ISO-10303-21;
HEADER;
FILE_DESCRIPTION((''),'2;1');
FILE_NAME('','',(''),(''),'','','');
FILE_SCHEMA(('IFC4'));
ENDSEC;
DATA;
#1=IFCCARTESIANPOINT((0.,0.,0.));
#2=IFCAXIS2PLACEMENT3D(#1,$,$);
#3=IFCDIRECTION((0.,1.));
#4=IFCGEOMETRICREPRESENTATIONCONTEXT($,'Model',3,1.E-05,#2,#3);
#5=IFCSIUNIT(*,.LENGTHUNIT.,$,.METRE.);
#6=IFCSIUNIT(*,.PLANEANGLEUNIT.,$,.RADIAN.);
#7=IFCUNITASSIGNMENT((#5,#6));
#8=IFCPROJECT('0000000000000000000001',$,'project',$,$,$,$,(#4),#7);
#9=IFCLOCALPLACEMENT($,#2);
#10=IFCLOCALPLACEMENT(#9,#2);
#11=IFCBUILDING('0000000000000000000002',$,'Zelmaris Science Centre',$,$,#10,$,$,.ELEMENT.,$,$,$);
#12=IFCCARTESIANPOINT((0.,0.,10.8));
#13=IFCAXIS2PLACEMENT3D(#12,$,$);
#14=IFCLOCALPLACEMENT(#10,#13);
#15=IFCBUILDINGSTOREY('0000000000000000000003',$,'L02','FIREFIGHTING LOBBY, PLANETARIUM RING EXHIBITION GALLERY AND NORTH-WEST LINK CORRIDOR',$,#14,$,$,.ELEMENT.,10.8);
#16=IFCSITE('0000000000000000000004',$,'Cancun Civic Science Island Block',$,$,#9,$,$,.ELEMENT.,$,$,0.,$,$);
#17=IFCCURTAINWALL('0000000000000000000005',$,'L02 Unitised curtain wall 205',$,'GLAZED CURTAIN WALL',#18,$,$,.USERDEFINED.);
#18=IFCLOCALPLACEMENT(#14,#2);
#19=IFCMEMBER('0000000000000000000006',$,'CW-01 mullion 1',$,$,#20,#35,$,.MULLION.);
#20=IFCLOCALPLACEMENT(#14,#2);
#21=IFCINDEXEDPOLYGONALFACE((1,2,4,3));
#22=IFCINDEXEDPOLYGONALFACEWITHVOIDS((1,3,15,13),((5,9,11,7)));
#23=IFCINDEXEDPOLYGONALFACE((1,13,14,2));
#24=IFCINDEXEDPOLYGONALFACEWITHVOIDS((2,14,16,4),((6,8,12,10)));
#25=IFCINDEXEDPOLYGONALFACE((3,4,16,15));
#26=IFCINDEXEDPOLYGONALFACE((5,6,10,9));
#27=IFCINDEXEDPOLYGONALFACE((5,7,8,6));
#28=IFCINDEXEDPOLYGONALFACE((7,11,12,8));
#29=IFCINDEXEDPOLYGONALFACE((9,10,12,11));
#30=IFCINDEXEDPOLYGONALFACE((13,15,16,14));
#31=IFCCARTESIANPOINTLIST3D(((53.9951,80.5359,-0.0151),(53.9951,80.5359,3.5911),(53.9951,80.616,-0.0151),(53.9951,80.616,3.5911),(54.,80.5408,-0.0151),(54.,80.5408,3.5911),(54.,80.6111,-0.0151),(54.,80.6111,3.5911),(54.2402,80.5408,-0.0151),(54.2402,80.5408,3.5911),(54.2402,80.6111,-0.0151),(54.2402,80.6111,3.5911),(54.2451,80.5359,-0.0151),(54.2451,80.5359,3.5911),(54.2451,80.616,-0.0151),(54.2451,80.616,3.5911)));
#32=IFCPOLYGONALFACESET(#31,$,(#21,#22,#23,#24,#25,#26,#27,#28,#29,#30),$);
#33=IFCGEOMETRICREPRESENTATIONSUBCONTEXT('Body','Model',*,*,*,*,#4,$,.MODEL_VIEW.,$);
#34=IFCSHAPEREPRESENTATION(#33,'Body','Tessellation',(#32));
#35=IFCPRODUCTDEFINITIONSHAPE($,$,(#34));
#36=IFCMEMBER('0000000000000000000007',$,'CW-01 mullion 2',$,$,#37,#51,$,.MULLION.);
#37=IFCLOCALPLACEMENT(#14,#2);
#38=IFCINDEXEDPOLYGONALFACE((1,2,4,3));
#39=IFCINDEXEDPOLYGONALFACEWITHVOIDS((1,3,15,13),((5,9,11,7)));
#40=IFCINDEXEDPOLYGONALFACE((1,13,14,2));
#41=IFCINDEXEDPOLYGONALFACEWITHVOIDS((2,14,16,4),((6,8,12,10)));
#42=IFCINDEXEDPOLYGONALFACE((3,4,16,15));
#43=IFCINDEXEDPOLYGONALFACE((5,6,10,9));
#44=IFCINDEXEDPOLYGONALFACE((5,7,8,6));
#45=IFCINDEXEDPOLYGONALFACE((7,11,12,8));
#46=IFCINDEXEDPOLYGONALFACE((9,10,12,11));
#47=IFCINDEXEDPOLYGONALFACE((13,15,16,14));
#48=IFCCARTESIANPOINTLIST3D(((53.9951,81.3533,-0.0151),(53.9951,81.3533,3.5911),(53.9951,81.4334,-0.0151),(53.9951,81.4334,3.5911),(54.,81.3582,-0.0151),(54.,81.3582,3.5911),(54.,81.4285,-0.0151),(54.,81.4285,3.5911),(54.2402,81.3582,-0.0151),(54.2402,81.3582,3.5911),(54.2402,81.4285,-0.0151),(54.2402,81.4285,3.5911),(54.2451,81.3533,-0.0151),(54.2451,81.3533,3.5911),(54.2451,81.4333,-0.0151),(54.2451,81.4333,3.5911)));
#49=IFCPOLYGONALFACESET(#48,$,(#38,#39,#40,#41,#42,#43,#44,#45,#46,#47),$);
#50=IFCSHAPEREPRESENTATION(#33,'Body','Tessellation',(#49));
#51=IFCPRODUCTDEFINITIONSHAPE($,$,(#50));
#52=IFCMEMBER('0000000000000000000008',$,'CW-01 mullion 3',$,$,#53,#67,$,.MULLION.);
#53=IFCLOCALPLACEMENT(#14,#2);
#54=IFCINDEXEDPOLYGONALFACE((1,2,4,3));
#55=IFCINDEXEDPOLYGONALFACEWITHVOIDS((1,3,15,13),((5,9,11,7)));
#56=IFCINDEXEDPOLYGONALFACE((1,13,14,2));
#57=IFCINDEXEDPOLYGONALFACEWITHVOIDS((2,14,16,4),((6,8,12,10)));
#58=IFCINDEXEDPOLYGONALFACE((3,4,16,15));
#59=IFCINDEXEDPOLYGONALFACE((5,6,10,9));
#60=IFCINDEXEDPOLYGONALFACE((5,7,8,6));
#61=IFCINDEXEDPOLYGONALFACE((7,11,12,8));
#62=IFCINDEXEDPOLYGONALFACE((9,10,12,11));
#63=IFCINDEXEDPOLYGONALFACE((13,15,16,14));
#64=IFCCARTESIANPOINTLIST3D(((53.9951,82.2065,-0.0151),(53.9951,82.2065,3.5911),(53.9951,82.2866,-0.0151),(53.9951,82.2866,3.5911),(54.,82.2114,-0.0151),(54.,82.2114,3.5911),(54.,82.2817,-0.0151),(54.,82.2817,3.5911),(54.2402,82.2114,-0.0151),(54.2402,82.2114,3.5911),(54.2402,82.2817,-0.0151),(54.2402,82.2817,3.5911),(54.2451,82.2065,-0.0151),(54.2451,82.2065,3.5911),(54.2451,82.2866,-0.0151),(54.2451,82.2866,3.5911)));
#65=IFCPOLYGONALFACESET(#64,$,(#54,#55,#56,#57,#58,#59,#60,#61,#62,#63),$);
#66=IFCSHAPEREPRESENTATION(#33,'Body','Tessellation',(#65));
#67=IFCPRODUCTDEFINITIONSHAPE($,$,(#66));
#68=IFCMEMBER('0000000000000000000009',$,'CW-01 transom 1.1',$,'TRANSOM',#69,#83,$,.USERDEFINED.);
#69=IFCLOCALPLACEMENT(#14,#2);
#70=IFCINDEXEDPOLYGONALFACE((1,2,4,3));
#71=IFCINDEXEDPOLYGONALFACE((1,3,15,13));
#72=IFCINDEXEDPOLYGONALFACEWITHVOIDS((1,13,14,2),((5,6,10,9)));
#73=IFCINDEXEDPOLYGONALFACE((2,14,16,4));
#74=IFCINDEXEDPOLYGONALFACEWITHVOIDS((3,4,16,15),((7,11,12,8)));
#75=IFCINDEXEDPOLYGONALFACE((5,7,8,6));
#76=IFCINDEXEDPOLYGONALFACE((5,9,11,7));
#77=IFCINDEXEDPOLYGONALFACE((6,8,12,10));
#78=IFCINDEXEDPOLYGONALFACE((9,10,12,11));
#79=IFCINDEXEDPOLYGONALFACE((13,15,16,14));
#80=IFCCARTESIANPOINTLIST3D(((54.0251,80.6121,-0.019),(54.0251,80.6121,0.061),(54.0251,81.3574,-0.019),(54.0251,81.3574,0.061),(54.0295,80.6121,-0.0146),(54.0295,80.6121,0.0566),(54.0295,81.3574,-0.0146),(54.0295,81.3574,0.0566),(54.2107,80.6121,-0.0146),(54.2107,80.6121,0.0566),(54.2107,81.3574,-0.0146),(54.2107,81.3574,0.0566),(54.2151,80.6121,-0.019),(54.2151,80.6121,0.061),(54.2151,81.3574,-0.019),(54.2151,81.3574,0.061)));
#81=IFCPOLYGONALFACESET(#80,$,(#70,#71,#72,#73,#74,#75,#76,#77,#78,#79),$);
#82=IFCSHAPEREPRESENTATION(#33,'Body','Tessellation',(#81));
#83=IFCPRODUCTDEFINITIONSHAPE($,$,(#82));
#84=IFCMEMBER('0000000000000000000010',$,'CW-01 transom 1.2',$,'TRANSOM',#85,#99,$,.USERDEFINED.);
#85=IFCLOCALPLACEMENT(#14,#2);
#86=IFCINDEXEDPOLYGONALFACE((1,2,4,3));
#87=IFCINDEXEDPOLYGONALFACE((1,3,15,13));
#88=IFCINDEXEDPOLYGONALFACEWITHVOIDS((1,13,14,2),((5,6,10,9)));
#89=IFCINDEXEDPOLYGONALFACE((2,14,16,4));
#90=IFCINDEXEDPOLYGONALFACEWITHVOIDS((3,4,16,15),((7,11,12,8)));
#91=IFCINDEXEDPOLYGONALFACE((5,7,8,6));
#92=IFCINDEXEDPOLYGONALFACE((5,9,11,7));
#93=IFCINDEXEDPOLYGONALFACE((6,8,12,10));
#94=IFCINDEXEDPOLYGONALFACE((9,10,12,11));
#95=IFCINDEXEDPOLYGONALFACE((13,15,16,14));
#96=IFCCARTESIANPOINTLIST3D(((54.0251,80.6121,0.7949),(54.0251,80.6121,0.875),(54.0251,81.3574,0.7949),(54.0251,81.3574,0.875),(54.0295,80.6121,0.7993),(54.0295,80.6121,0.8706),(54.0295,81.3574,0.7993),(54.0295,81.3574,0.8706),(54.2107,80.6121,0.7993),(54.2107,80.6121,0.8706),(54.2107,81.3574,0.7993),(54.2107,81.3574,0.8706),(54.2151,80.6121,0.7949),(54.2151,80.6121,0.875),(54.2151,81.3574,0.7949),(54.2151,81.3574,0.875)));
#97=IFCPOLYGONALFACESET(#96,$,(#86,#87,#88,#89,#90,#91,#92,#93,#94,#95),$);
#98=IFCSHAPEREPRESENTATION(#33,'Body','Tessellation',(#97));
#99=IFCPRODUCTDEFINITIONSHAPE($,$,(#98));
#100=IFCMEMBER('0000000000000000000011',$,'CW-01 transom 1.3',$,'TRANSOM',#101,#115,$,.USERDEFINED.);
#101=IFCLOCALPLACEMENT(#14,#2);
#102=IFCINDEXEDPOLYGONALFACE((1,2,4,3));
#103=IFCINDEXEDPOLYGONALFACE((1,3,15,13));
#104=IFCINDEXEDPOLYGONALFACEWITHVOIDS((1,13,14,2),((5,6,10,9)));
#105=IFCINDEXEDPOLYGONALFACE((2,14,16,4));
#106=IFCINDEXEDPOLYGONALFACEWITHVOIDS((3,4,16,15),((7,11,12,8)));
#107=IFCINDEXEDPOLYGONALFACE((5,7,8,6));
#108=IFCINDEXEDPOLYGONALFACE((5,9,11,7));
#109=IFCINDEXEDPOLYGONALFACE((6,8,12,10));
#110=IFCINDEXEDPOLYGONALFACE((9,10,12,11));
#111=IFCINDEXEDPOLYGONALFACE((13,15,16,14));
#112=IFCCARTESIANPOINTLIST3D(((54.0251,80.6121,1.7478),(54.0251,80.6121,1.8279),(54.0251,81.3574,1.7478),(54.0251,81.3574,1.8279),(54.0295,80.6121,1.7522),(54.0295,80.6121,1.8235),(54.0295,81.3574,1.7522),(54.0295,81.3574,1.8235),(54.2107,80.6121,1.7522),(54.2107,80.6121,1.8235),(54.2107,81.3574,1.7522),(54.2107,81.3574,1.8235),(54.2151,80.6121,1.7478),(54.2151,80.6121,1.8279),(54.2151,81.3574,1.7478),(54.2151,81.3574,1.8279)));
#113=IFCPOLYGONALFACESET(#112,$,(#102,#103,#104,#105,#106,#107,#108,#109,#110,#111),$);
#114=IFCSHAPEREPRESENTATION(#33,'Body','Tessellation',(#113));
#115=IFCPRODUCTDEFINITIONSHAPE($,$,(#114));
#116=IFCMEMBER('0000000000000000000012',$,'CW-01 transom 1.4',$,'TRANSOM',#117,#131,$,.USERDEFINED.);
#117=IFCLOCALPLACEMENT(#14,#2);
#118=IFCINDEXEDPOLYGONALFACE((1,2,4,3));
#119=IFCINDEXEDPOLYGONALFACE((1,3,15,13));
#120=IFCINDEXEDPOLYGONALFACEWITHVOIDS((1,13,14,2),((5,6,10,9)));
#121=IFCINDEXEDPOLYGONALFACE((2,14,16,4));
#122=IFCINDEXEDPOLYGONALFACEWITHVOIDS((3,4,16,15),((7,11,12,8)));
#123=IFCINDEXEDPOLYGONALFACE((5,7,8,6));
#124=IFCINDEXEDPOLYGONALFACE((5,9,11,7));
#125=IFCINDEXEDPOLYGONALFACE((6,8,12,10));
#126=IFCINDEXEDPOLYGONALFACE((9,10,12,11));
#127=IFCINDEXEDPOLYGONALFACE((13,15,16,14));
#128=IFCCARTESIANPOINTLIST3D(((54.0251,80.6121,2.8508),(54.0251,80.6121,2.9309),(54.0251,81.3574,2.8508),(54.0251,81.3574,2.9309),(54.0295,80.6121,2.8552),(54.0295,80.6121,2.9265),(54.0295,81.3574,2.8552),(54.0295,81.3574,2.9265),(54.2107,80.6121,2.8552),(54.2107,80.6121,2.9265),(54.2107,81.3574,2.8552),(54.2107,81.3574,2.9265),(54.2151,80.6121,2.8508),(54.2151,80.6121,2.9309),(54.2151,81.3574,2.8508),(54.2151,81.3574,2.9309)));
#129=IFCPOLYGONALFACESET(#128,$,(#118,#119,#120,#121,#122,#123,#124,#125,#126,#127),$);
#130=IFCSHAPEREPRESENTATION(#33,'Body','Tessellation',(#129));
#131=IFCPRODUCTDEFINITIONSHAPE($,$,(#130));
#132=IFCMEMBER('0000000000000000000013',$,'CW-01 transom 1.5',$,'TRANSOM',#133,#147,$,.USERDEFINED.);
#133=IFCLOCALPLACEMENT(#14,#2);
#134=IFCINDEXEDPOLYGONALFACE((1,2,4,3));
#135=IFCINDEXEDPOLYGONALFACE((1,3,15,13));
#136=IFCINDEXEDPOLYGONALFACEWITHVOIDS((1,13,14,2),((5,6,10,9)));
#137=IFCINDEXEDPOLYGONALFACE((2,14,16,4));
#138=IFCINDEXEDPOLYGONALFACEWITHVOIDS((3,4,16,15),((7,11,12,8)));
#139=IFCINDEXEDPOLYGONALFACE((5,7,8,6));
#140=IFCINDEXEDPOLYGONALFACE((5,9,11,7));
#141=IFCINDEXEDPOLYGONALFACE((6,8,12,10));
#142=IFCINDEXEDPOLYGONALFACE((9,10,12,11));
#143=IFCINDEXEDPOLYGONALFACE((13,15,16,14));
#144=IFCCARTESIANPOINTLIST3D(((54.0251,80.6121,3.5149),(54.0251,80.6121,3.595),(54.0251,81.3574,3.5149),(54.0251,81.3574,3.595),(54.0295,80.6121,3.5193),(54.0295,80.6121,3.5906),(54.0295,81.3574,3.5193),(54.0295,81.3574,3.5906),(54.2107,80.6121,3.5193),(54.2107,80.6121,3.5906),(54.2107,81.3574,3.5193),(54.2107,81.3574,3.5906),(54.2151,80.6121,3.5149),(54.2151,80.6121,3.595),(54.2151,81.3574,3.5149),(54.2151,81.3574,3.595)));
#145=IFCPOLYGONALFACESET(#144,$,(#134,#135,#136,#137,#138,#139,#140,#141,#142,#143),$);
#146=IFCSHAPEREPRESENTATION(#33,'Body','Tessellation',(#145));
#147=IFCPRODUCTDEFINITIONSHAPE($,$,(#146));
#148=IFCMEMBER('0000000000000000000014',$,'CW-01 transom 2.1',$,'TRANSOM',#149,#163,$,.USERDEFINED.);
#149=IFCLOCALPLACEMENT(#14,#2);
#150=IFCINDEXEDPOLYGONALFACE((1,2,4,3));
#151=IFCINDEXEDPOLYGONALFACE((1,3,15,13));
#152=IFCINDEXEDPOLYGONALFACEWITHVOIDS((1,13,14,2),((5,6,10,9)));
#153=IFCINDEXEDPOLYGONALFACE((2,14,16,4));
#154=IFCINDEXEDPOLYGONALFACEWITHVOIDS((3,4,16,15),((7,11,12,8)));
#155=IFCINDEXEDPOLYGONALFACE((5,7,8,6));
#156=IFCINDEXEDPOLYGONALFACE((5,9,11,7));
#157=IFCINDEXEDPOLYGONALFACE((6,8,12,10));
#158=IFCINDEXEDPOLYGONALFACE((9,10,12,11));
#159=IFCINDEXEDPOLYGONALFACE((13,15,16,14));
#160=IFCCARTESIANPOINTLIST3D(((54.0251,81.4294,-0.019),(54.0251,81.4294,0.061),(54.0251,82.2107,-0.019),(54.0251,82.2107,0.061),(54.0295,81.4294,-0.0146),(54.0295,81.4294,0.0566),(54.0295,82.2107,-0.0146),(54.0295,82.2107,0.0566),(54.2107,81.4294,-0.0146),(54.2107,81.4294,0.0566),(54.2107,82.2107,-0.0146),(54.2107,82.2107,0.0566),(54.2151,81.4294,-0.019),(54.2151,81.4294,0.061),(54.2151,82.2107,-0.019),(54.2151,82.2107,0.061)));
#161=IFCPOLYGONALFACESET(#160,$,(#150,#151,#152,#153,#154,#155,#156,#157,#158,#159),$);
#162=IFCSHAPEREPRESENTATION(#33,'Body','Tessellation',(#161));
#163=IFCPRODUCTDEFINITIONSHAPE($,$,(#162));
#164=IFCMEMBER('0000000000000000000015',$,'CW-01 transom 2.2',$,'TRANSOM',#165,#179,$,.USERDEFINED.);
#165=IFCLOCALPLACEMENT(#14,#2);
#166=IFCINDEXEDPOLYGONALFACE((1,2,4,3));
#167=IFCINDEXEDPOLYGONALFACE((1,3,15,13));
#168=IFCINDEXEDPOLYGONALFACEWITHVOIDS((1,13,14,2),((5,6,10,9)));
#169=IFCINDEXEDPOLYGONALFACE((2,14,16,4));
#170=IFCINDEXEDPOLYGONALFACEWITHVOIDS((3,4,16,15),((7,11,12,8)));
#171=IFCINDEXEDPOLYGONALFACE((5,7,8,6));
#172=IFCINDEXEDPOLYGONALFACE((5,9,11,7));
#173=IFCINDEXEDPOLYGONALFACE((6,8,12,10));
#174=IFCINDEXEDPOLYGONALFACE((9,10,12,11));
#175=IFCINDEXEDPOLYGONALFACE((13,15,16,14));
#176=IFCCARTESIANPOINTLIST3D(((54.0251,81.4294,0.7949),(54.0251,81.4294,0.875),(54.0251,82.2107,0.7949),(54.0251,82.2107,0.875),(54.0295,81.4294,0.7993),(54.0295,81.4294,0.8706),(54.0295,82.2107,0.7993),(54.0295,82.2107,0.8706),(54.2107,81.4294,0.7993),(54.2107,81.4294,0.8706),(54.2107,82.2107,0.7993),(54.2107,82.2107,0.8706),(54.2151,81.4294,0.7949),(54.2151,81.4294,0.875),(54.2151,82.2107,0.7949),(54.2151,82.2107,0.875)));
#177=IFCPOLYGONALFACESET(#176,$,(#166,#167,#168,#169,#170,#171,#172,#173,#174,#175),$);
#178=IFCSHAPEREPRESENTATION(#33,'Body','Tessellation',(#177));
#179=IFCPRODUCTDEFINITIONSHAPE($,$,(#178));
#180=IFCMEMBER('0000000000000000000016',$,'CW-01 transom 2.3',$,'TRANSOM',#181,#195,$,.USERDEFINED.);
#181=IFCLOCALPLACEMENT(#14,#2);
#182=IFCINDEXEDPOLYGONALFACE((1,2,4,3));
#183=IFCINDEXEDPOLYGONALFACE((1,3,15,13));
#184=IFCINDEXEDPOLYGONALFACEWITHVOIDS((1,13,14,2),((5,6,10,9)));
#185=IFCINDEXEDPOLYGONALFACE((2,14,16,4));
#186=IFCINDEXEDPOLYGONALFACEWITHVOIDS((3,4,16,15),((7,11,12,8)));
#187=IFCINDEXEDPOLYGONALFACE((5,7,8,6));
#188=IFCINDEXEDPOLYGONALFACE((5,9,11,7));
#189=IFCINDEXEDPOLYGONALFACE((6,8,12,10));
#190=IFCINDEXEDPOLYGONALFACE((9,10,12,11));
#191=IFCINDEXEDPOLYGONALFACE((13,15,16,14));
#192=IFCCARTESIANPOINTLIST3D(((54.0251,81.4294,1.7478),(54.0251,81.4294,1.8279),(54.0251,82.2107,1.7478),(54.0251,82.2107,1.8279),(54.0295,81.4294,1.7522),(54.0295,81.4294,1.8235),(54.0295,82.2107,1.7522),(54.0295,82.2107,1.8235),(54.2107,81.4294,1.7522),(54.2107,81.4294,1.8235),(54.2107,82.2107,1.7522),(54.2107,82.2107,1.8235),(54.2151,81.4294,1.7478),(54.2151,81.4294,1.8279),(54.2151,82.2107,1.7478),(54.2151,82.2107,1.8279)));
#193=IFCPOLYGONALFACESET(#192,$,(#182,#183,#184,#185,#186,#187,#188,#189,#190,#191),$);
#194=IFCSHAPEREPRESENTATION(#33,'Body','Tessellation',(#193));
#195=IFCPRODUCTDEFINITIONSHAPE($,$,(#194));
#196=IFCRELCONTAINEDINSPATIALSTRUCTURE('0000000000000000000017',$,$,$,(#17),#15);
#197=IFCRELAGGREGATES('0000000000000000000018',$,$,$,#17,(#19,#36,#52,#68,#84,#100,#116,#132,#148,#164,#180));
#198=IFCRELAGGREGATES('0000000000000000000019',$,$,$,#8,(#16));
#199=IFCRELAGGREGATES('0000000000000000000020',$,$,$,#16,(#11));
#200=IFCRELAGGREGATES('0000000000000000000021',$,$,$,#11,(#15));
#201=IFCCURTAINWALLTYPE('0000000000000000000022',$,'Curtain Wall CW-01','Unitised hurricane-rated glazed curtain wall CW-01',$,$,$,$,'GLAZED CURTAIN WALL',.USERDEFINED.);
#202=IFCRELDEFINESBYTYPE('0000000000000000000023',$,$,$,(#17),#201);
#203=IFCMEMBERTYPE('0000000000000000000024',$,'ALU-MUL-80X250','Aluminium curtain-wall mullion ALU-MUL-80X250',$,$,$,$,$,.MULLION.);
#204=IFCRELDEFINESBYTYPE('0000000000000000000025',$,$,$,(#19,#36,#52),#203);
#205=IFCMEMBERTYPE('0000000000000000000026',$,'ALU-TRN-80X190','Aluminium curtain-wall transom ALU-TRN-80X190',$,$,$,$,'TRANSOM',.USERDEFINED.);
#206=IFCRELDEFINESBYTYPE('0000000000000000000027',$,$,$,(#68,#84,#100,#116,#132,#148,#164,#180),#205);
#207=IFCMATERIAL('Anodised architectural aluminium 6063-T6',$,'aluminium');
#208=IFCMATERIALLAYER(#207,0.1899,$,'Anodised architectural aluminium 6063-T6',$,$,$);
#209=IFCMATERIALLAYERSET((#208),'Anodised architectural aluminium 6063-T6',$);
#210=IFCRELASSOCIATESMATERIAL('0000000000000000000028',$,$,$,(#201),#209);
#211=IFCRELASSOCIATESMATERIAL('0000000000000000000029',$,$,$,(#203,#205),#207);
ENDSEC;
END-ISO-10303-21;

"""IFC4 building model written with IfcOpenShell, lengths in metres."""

from ifc_helpers import new_model, si_unit, direction, frame, origin, origin_2d, place, context, subcontext, project, spatial, hollow_rectangle, extrude, material, layer, layer_set, material_profile, profile_set, type_object, element, aggregate, save


model = new_model("IFC4")

# Units and contexts
model_context = context("Model", 3, precision=1e-05, world=origin(), true_north=direction((0.0, 1.0)))
body_context = subcontext(model_context, "Body", "Model", "MODEL_VIEW")
ifc_project = project(units=[si_unit("LENGTHUNIT", "METRE"), si_unit("PLANEANGLEUNIT", "RADIAN")], contexts=[model_context])

# Site, building, storey
site_placement = place(None, origin())
site = spatial("IfcSite", under=ifc_project, at=site_placement, Name="Cancun Civic Science Island Block", CompositionType="ELEMENT", RefElevation=0.0)
building_placement = place(site_placement, origin())
building = spatial("IfcBuilding", under=site, at=building_placement, Name="Zelmaris Science Centre", CompositionType="ELEMENT")
storey_placement = place(building_placement, frame((0.0, 0.0, 10.8)))
storey = spatial("IfcBuildingStorey", under=building, at=storey_placement, Name="L02", Description="FIREFIGHTING LOBBY, PLANETARIUM RING EXHIBITION GALLERY AND NORTH-WEST LINK CORRIDOR", CompositionType="ELEMENT", Elevation=10.8)

# Curtain wall, members
ifc_material_1 = material(Name="Anodised architectural aluminium 6063-T6", Category="aluminium")
ifc_layer_1 = layer(ifc_material_1, 0.1899, Name="Anodised architectural aluminium 6063-T6")
ifc_layer_set_1 = layer_set([ifc_layer_1], Name="Anodised architectural aluminium 6063-T6")
curtain_wall_type = type_object("IfcCurtainWallType", Name="Curtain Wall CW-01", Description="Unitised hurricane-rated glazed curtain wall CW-01", ElementType="GLAZED CURTAIN WALL", PredefinedType="USERDEFINED", material=ifc_layer_set_1)
curtain_wall_placement = place(storey_placement, origin())
curtain_wall = element("IfcCurtainWall", 1, at=curtain_wall_placement, inside=storey, type_object=curtain_wall_type, Name="L02 Unitised curtain wall 205", ObjectType="GLAZED CURTAIN WALL", PredefinedType="USERDEFINED")
ifc_material_profile_1 = material_profile(ifc_material_1, hollow_rectangle(XDim=0.0801, YDim=0.25, WallThickness=0.0049, at=origin_2d()), Name="ALU-MUL-80X250")
ifc_profile_set_1 = profile_set([ifc_material_profile_1], Name="Anodised architectural aluminium 6063-T6")
member_type_1 = type_object("IfcMemberType", Name="ALU-MUL-80X250", Description="Aluminium curtain-wall mullion ALU-MUL-80X250", PredefinedType="MULLION", material=ifc_profile_set_1)
member_1_placement = place(storey_placement, frame((54.1201, 80.5759, -0.0151), z_axis=(0.0, 0.0, 1.0), x_axis=(0.000007, 1.0, 0.0)))
member_1 = element("IfcMember", 2, at=member_1_placement, type_object=member_type_1, Name="CW-01 mullion 1", PredefinedType="MULLION", context=body_context, shape_type="SweptSolid", body=[
    extrude(hollow_rectangle(XDim=0.0801, YDim=0.25, WallThickness=0.0049, at=origin_2d()), origin(), (0.0, 0.0, 1.0), 3.6062),
])
member_2_placement = place(storey_placement, frame((54.1201, 81.3933, -0.0151), z_axis=(0.0, 0.0, 1.0), x_axis=(0.000007, 1.0, 0.0)))
member_2 = element("IfcMember", 3, at=member_2_placement, type_object=member_type_1, Name="CW-01 mullion 2", PredefinedType="MULLION", context=body_context, shape_type="SweptSolid", body=[
    extrude(hollow_rectangle(XDim=0.0801, YDim=0.25, WallThickness=0.0049, at=origin_2d()), origin(), (0.0, 0.0, 1.0), 3.6062),
])
member_3_placement = place(storey_placement, frame((54.1201, 82.2466, -0.0151), z_axis=(0.0, 0.0, 1.0), x_axis=(0.000007, 1.0, 0.0)))
member_3 = element("IfcMember", 4, at=member_3_placement, type_object=member_type_1, Name="CW-01 mullion 3", PredefinedType="MULLION", context=body_context, shape_type="SweptSolid", body=[
    extrude(hollow_rectangle(XDim=0.0801, YDim=0.25, WallThickness=0.0049, at=origin_2d()), origin(), (0.0, 0.0, 1.0), 3.6062),
])
ifc_material_profile_2 = material_profile(ifc_material_1, hollow_rectangle(XDim=0.0801, YDim=0.1899, WallThickness=0.0044, at=origin_2d()), Name="ALU-TRN-80X190")
ifc_profile_set_2 = profile_set([ifc_material_profile_2], Name="Anodised architectural aluminium 6063-T6")
member_type_2 = type_object("IfcMemberType", Name="ALU-TRN-80X190", Description="Aluminium curtain-wall transom ALU-TRN-80X190", ElementType="TRANSOM", PredefinedType="USERDEFINED", material=ifc_profile_set_2)
member_4_placement = place(storey_placement, frame((54.1201, 80.6121, 0.021), z_axis=(0.0, 1.0, 0.0), x_axis=(0.0, 0.0, 1.0)))
member_4 = element("IfcMember", 5, at=member_4_placement, type_object=member_type_2, Name="CW-01 transom 1.1", ObjectType="TRANSOM", PredefinedType="USERDEFINED", context=body_context, shape_type="SweptSolid", body=[
    extrude(hollow_rectangle(XDim=0.0801, YDim=0.1899, WallThickness=0.0044, at=origin_2d()), origin(), (0.0, 0.0, 1.0), 0.7454),
])
member_5_placement = place(storey_placement, frame((54.1201, 80.6121, 0.835), z_axis=(0.0, 1.0, 0.0), x_axis=(0.0, 0.0, 1.0)))
member_5 = element("IfcMember", 6, at=member_5_placement, type_object=member_type_2, Name="CW-01 transom 1.2", ObjectType="TRANSOM", PredefinedType="USERDEFINED", context=body_context, shape_type="SweptSolid", body=[
    extrude(hollow_rectangle(XDim=0.0801, YDim=0.1899, WallThickness=0.0044, at=origin_2d()), origin(), (0.0, 0.0, 1.0), 0.7454),
])
member_6_placement = place(storey_placement, frame((54.1201, 80.6121, 1.7878), z_axis=(0.0, 1.0, 0.0), x_axis=(0.0, 0.0, 1.0)))
member_6 = element("IfcMember", 7, at=member_6_placement, type_object=member_type_2, Name="CW-01 transom 1.3", ObjectType="TRANSOM", PredefinedType="USERDEFINED", context=body_context, shape_type="SweptSolid", body=[
    extrude(hollow_rectangle(XDim=0.0801, YDim=0.1899, WallThickness=0.0044, at=origin_2d()), origin(), (0.0, 0.0, 1.0), 0.7454),
])
member_7_placement = place(storey_placement, frame((54.1201, 80.6121, 2.8909), z_axis=(0.0, 1.0, 0.0), x_axis=(0.0, 0.0, 1.0)))
member_7 = element("IfcMember", 8, at=member_7_placement, type_object=member_type_2, Name="CW-01 transom 1.4", ObjectType="TRANSOM", PredefinedType="USERDEFINED", context=body_context, shape_type="SweptSolid", body=[
    extrude(hollow_rectangle(XDim=0.0801, YDim=0.1899, WallThickness=0.0044, at=origin_2d()), origin(), (0.0, 0.0, 1.0), 0.7454),
])
member_8_placement = place(storey_placement, frame((54.1201, 80.6121, 3.5549), z_axis=(0.0, 1.0, 0.0), x_axis=(0.0, 0.0, 1.0)))
member_8 = element("IfcMember", 9, at=member_8_placement, type_object=member_type_2, Name="CW-01 transom 1.5", ObjectType="TRANSOM", PredefinedType="USERDEFINED", context=body_context, shape_type="SweptSolid", body=[
    extrude(hollow_rectangle(XDim=0.0801, YDim=0.1899, WallThickness=0.0044, at=origin_2d()), origin(), (0.0, 0.0, 1.0), 0.7454),
])
member_9_placement = place(storey_placement, frame((54.1201, 81.4294, 0.021), z_axis=(0.0, 1.0, 0.0), x_axis=(0.0, 0.0, 1.0)))
member_9 = element("IfcMember", 10, at=member_9_placement, type_object=member_type_2, Name="CW-01 transom 2.1", ObjectType="TRANSOM", PredefinedType="USERDEFINED", context=body_context, shape_type="SweptSolid", body=[
    extrude(hollow_rectangle(XDim=0.0801, YDim=0.1899, WallThickness=0.0044, at=origin_2d()), origin(), (0.0, 0.0, 1.0), 0.7812),
])
member_10_placement = place(storey_placement, frame((54.1201, 81.4294, 0.835), z_axis=(0.0, 1.0, 0.0), x_axis=(0.0, 0.0, 1.0)))
member_10 = element("IfcMember", 11, at=member_10_placement, type_object=member_type_2, Name="CW-01 transom 2.2", ObjectType="TRANSOM", PredefinedType="USERDEFINED", context=body_context, shape_type="SweptSolid", body=[
    extrude(hollow_rectangle(XDim=0.0801, YDim=0.1899, WallThickness=0.0044, at=origin_2d()), origin(), (0.0, 0.0, 1.0), 0.7812),
])
member_11_placement = place(storey_placement, frame((54.1201, 81.4294, 1.7878), z_axis=(0.0, 1.0, 0.0), x_axis=(0.0, 0.0, 1.0)))
member_11 = element("IfcMember", 12, at=member_11_placement, type_object=member_type_2, Name="CW-01 transom 2.3", ObjectType="TRANSOM", PredefinedType="USERDEFINED", context=body_context, shape_type="SweptSolid", body=[
    extrude(hollow_rectangle(XDim=0.0801, YDim=0.1899, WallThickness=0.0044, at=origin_2d()), origin(), (0.0, 0.0, 1.0), 0.7812),
])
aggregate(curtain_wall, [member_1, member_2, member_3, member_4, member_5, member_6, member_7, member_8, member_9, member_10, member_11])

save(model, "model.ifc")
